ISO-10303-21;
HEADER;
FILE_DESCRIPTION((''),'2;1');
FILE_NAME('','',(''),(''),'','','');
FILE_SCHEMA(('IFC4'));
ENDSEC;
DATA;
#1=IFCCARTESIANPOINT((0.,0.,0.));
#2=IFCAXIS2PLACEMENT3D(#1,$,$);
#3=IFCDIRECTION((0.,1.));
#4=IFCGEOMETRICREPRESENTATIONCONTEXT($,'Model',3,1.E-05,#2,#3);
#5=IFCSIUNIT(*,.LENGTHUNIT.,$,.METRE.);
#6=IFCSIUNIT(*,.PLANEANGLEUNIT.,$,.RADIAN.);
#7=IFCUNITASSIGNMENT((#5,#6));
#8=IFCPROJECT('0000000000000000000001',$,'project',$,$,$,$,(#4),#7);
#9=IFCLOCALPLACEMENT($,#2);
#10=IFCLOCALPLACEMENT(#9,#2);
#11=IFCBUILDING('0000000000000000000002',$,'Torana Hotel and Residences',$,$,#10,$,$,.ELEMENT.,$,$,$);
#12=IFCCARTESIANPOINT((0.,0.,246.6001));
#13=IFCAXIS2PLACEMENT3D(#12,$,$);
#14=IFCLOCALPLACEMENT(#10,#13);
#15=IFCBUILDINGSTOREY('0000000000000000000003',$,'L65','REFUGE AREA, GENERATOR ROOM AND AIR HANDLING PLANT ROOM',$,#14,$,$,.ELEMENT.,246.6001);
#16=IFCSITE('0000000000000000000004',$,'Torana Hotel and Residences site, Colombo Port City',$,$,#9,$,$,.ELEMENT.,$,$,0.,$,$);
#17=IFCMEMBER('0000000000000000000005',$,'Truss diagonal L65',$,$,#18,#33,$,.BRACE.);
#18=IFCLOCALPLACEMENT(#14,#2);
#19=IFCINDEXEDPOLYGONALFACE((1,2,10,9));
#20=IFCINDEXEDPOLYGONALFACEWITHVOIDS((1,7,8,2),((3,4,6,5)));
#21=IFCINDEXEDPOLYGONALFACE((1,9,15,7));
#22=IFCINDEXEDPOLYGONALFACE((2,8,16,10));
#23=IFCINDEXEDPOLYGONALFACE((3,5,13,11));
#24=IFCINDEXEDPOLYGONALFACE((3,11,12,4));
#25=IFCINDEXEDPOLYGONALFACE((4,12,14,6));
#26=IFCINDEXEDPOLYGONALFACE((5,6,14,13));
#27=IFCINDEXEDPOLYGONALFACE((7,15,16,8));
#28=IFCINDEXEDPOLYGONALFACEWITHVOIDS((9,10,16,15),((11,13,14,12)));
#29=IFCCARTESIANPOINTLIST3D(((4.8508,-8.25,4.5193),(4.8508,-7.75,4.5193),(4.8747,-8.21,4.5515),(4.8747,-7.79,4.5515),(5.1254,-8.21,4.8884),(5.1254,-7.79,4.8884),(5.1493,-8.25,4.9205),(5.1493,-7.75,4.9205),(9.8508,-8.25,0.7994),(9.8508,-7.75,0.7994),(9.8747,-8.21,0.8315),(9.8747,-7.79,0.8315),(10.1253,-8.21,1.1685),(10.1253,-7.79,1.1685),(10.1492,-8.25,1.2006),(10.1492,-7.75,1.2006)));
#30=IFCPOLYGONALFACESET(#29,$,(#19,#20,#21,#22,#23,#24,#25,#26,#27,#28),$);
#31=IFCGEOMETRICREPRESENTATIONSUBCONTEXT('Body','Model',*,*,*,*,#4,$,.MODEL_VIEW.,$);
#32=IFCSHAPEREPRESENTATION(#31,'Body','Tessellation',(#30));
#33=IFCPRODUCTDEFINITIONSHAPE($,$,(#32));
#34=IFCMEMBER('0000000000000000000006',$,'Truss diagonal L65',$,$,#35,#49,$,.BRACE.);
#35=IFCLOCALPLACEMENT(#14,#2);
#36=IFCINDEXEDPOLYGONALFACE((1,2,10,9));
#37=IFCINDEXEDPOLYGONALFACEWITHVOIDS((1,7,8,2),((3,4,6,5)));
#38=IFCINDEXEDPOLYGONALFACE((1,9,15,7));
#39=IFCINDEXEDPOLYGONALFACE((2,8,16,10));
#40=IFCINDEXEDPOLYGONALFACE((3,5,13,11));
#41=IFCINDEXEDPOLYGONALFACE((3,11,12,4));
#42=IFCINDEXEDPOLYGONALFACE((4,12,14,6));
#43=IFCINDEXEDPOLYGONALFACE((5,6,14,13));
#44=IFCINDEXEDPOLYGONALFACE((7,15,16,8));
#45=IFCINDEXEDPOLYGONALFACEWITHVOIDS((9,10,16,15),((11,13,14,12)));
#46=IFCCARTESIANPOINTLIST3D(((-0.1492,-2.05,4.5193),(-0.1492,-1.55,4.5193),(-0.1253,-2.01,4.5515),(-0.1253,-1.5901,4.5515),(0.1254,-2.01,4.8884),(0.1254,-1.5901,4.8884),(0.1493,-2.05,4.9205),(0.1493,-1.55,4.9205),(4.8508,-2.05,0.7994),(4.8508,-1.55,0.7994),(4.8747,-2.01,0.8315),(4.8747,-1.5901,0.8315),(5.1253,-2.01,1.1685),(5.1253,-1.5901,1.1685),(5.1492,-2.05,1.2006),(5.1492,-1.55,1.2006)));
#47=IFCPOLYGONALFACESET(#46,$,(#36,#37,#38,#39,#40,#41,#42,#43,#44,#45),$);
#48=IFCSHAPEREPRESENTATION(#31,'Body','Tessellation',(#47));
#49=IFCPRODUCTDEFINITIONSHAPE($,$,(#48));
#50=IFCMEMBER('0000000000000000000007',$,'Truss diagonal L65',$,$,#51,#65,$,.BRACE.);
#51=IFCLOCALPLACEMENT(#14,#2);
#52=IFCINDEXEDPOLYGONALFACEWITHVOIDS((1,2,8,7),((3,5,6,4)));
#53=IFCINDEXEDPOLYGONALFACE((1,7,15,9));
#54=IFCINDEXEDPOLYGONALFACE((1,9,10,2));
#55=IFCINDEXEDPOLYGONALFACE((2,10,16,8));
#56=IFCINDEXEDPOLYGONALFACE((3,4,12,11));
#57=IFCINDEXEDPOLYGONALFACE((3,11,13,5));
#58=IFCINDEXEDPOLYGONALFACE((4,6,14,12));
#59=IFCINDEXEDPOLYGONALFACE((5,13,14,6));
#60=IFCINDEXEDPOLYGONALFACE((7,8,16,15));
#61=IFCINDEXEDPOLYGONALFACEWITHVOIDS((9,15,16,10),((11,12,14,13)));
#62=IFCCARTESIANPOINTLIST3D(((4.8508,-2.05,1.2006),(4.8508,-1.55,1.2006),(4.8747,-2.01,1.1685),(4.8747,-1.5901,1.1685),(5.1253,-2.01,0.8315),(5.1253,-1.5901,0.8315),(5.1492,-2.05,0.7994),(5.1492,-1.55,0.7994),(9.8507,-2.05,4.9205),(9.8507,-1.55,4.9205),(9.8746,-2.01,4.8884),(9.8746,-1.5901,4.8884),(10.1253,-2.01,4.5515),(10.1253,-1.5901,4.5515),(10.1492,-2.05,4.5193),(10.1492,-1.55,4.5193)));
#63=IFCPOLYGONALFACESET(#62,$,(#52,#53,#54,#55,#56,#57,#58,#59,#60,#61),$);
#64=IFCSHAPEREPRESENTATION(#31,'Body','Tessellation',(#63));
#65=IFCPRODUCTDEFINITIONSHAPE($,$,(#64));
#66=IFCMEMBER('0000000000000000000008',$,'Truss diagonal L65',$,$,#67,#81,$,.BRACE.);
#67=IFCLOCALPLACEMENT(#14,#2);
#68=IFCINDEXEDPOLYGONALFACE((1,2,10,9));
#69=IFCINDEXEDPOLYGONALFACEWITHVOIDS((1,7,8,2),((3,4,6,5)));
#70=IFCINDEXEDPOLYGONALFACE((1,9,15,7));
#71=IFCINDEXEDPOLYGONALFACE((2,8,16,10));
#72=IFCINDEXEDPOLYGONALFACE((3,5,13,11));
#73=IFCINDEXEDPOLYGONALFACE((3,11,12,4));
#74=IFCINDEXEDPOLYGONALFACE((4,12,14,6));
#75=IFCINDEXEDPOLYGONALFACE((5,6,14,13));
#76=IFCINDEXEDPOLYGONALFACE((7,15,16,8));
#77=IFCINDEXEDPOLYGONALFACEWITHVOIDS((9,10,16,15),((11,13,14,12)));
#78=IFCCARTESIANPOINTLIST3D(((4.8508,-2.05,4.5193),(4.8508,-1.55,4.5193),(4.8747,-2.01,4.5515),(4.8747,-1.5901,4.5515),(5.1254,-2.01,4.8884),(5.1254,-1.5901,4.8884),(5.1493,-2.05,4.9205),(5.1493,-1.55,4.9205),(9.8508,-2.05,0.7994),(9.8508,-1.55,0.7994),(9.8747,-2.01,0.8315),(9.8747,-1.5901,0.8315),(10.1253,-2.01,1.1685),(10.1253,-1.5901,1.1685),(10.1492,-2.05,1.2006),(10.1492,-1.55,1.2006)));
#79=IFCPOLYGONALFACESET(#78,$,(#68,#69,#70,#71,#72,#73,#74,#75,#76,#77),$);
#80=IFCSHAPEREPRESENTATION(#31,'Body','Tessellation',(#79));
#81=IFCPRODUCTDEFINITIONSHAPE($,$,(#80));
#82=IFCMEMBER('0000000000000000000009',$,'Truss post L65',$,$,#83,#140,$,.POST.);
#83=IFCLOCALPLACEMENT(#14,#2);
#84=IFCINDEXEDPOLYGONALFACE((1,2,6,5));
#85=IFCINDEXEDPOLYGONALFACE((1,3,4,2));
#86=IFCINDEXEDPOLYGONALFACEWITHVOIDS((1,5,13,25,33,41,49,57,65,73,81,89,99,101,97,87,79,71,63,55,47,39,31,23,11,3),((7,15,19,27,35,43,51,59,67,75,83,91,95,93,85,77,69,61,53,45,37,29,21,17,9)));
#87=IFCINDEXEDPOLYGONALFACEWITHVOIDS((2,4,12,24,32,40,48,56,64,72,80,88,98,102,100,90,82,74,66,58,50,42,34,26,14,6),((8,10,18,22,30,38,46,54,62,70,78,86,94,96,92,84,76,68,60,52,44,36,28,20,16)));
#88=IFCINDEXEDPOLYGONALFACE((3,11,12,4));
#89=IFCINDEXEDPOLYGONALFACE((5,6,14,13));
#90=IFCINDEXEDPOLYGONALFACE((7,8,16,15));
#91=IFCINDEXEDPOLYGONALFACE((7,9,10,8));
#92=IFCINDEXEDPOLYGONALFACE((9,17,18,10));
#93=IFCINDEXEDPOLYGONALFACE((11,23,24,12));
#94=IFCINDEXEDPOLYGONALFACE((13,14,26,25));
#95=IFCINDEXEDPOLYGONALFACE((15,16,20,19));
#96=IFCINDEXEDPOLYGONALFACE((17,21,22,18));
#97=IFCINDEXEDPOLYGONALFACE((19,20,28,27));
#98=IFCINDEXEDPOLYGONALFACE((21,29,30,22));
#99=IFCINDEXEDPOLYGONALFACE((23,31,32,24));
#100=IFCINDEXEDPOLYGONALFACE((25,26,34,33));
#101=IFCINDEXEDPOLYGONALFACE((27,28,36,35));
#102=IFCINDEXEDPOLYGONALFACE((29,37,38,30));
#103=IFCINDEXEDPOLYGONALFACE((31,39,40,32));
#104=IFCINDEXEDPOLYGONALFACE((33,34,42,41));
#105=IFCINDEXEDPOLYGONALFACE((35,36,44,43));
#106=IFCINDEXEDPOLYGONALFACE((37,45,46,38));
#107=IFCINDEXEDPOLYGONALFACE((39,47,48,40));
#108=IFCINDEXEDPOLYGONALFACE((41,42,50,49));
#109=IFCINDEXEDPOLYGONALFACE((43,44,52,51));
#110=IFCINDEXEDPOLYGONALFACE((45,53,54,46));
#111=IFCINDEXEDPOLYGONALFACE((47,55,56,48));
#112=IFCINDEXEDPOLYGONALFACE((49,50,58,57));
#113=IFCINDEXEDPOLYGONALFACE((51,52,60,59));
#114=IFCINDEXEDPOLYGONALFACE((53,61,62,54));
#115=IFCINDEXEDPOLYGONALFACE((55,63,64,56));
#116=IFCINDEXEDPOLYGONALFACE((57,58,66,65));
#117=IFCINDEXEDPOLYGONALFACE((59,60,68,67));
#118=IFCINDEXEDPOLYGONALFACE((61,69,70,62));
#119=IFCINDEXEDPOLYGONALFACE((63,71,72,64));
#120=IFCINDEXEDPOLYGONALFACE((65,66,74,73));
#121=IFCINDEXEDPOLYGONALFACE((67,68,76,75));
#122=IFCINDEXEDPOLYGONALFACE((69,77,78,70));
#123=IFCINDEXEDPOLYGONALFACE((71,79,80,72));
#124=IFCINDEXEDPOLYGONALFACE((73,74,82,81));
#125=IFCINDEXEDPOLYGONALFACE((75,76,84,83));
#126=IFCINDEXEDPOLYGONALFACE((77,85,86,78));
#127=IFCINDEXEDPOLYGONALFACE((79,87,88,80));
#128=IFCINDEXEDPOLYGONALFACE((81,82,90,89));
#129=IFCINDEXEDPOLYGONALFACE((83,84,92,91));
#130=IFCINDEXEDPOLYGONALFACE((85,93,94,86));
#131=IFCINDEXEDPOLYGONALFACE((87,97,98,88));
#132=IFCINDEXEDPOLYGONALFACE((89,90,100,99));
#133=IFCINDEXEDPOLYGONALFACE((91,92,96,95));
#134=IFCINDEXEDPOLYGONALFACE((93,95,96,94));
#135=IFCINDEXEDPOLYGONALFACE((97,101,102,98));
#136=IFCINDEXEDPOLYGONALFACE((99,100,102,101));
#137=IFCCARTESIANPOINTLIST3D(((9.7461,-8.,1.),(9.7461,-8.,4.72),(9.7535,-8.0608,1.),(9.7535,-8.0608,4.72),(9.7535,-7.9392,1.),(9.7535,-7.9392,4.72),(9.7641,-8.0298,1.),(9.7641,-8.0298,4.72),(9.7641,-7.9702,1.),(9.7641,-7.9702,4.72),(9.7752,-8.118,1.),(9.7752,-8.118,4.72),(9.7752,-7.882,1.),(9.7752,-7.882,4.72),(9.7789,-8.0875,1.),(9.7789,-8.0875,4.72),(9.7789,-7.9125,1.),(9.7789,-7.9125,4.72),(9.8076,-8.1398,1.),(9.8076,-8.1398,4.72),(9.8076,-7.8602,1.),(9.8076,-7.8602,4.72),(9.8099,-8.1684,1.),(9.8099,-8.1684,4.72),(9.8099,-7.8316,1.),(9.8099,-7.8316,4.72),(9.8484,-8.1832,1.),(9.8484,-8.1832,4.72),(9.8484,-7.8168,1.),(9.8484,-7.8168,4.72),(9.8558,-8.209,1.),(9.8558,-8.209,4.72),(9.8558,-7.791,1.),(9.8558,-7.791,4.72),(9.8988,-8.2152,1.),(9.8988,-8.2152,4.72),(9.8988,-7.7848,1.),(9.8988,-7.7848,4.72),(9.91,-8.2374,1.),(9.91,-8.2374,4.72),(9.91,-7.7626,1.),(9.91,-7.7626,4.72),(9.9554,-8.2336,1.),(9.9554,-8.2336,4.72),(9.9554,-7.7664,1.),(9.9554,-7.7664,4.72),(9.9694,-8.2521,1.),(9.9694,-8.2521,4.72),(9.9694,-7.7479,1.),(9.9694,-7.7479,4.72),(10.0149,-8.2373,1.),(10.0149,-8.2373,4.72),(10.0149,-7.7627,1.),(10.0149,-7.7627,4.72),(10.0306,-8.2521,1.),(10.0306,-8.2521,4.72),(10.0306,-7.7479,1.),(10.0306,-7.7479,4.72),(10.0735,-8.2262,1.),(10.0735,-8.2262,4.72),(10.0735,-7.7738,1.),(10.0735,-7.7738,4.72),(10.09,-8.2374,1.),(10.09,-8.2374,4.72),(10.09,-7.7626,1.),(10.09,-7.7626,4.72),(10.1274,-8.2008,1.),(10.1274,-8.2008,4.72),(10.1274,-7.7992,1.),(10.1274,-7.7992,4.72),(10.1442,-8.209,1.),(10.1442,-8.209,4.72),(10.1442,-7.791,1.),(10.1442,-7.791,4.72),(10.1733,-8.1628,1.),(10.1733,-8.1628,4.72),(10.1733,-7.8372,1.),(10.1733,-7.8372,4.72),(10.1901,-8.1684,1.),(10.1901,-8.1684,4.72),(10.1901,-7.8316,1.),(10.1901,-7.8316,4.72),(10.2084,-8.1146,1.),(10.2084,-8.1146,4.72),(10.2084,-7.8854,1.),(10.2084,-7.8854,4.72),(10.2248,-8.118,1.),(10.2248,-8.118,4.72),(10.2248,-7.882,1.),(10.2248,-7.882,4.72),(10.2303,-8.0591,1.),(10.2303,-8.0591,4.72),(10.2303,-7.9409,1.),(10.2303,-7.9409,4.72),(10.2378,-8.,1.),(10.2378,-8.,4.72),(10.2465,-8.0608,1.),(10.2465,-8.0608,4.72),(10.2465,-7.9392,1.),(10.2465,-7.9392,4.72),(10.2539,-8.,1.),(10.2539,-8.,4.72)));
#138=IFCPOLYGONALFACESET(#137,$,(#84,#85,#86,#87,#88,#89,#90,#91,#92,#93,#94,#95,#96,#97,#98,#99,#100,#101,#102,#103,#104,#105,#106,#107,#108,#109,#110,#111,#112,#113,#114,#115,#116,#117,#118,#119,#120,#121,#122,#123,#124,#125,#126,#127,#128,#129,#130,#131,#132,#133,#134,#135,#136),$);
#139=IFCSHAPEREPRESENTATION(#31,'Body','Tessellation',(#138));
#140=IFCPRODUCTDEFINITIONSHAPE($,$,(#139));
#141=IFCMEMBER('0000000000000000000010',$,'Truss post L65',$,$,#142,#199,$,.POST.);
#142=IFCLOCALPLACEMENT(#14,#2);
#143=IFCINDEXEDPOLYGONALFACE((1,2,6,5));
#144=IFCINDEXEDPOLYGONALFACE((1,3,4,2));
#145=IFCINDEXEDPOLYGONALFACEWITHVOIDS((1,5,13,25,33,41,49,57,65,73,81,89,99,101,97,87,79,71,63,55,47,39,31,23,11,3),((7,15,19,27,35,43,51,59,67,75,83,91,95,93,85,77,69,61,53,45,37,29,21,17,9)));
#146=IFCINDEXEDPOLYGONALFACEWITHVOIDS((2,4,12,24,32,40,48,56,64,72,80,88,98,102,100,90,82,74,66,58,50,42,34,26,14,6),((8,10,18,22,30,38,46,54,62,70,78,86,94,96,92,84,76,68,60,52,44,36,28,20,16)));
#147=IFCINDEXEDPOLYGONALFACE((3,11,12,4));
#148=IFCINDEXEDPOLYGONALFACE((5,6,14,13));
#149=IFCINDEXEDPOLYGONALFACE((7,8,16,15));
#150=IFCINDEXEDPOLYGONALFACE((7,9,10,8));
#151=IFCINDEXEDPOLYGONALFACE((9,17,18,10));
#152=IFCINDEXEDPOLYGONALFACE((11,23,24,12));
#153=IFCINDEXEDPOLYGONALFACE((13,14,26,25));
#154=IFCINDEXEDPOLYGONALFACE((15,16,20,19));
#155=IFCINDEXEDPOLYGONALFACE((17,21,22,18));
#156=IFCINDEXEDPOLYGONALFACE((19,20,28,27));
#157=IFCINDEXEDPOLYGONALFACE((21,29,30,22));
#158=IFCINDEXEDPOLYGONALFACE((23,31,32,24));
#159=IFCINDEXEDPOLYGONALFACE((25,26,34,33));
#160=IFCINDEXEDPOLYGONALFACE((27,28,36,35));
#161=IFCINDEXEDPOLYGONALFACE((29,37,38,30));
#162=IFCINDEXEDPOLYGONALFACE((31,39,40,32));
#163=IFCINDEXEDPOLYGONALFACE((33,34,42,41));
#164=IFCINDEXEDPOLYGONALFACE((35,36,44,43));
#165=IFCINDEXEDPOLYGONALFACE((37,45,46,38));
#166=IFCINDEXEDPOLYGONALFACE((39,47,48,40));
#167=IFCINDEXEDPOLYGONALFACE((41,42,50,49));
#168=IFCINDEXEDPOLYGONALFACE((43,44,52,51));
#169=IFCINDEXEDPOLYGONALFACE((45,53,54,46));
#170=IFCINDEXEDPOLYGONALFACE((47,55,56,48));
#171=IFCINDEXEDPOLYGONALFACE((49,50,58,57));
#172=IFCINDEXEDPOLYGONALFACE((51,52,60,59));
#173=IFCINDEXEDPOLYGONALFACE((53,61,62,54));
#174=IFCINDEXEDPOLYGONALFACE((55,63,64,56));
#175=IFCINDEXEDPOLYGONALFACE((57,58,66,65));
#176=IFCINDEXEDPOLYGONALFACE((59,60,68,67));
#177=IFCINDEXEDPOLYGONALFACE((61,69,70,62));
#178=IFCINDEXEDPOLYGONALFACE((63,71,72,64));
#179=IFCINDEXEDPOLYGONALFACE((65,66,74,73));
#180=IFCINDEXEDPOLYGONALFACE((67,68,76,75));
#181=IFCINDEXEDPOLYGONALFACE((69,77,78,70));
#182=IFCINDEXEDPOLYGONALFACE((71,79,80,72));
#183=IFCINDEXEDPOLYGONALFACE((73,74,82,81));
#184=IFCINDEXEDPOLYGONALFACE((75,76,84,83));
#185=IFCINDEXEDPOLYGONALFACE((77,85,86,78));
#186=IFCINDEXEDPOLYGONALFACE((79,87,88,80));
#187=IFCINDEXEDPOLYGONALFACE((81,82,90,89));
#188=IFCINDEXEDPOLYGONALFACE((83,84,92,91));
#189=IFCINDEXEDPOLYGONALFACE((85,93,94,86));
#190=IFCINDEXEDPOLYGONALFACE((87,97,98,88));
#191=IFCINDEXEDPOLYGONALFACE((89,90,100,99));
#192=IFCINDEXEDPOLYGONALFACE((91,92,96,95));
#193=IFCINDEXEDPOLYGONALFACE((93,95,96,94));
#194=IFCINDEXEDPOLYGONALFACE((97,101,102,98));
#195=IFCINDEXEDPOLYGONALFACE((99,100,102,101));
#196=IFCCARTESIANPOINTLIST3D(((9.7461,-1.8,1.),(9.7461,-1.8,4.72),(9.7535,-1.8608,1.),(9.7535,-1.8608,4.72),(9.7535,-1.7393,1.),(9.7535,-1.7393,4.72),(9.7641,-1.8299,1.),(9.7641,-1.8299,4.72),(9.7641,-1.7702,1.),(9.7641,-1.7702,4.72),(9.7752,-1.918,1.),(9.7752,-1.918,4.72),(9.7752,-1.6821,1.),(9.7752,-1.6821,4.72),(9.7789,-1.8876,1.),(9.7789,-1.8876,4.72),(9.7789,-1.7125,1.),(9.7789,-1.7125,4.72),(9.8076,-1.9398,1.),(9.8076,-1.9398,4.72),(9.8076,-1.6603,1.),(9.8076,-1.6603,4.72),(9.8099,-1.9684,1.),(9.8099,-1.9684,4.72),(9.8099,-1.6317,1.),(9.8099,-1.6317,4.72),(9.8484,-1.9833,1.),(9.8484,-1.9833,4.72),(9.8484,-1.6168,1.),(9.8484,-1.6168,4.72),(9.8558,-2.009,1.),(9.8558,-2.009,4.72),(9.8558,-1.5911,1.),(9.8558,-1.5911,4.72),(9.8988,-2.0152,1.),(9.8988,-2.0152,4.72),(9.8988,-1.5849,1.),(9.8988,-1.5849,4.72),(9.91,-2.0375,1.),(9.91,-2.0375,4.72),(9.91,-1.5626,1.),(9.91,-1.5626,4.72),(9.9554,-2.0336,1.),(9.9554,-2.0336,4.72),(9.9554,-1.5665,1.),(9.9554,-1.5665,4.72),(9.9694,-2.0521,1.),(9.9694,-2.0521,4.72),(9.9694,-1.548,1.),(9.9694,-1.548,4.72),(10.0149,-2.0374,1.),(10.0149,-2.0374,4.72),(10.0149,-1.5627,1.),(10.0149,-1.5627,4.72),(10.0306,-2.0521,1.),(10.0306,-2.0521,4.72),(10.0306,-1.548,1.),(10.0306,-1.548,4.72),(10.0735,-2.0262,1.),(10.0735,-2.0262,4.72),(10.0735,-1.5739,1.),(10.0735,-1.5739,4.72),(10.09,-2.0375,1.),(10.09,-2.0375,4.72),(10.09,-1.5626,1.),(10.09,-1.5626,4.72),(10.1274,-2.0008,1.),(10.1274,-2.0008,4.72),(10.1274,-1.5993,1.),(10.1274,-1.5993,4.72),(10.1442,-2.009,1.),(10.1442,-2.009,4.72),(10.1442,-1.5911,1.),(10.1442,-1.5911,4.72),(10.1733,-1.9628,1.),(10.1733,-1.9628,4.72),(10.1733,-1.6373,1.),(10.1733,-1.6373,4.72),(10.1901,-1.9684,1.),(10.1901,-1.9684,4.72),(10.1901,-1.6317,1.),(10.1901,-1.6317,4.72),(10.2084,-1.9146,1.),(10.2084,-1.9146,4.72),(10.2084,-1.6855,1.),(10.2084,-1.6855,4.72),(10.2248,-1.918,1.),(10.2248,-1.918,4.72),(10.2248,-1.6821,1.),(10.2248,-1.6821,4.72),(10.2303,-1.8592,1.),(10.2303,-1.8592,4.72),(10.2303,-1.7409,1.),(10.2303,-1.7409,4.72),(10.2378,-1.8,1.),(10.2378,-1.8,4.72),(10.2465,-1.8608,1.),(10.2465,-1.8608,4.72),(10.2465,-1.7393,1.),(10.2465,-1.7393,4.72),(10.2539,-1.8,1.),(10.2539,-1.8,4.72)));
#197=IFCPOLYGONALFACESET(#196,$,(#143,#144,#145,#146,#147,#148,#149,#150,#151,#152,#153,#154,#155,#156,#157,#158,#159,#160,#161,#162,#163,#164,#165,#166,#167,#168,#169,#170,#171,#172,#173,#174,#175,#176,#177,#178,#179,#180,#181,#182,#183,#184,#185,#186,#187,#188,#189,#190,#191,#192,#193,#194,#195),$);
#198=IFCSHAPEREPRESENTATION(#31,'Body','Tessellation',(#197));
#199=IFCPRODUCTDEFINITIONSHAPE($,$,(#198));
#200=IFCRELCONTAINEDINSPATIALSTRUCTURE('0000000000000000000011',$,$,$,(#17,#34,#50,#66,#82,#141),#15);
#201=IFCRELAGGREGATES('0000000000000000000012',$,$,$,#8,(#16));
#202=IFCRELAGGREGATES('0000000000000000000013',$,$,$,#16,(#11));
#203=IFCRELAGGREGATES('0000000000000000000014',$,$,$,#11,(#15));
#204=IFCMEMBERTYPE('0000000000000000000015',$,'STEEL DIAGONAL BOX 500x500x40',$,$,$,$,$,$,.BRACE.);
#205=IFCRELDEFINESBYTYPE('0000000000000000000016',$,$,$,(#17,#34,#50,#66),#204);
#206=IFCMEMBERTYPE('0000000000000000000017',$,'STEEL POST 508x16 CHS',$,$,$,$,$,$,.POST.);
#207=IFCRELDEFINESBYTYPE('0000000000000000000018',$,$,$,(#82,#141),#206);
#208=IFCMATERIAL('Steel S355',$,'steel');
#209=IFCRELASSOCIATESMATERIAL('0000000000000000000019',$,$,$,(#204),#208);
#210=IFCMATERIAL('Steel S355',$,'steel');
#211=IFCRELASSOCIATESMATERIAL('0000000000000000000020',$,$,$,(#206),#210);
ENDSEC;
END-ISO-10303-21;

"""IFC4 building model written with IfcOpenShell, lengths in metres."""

from ifc_helpers import new_model, si_unit, direction, frame, origin, origin_2d, place, context, subcontext, project, spatial, hollow_rectangle, hollow_circle, extrude, material, material_profile, profile_set, type_object, element, save


model = new_model("IFC4")

# Units and contexts
model_context = context("Model", 3, precision=1e-05, world=origin(), true_north=direction((0.0, 1.0)))
body_context = subcontext(model_context, "Body", "Model", "MODEL_VIEW")
ifc_project = project(units=[si_unit("LENGTHUNIT", "METRE"), si_unit("PLANEANGLEUNIT", "RADIAN")], contexts=[model_context])

# Site, building, storey
site_placement = place(None, origin())
site = spatial("IfcSite", under=ifc_project, at=site_placement, Name="Torana Hotel and Residences site, Colombo Port City", CompositionType="ELEMENT", RefElevation=0.0)
building_placement = place(site_placement, origin())
building = spatial("IfcBuilding", under=site, at=building_placement, Name="Torana Hotel and Residences", CompositionType="ELEMENT")
storey_placement = place(building_placement, frame((0.0, 0.0, 246.6001)))
storey = spatial("IfcBuildingStorey", under=building, at=storey_placement, Name="L65", Description="REFUGE AREA, GENERATOR ROOM AND AIR HANDLING PLANT ROOM", CompositionType="ELEMENT", Elevation=246.6001)

# Members
ifc_material_1 = material(Name="Steel S355", Category="steel")
ifc_material_profile_1 = material_profile(ifc_material_1, hollow_rectangle(XDim=0.5, YDim=0.5, WallThickness=0.04, at=origin_2d()), Name="BOX 500x500x40")
ifc_profile_set_1 = profile_set([ifc_material_profile_1], Name="Steel S355")
member_type_1 = type_object("IfcMemberType", Name="STEEL DIAGONAL BOX 500x500x40", PredefinedType="BRACE", material=ifc_profile_set_1)
for number, where, z_axis, x_axis, name in (
    (1, (10.0, -8.0, 1.0), (-0.802307, 0.0, 0.596912), (0.0, -1.0, 0.0), "Truss diagonal L65"),
    (2, (5.0, -1.8, 1.0), (-0.802307, 0.0, 0.596912), (0.0, -1.0, 0.0), "Truss diagonal L65"),
    (3, (5.0, -1.8, 1.0), (0.802307, 0.0, 0.596912), (0.0, 1.0, 0.0), "Truss diagonal L65"),
    (4, (10.0, -1.8, 1.0), (-0.802307, 0.0, 0.596912), (0.0, -1.0, 0.0), "Truss diagonal L65"),
):
    element("IfcMember", number, at=place(storey_placement, frame(where, z_axis=z_axis, x_axis=x_axis)), inside=storey, type_object=member_type_1, Name=name, PredefinedType="BRACE", context=body_context, shape_type="SweptSolid", body=[
        extrude(hollow_rectangle(XDim=0.5, YDim=0.5, WallThickness=0.04, at=origin_2d()), origin(), (0.0, 0.0, 1.0), 6.2319),
    ])
ifc_material_2 = material(Name="Steel S355", Category="steel")
ifc_material_profile_2 = material_profile(ifc_material_2, hollow_circle(Radius=0.2539, WallThickness=0.0161, at=origin_2d()), Name="508x16 CHS")
ifc_profile_set_2 = profile_set([ifc_material_profile_2], Name="Steel S355")
member_type_2 = type_object("IfcMemberType", Name="STEEL POST 508x16 CHS", PredefinedType="POST", material=ifc_profile_set_2)
for number, where, z_axis, x_axis, name in (
    (5, (10.0, -8.0, 1.0), (0.0, 0.0, 1.0), (1.0, 0.0, 0.0), "Truss post L65"),
    (6, (10.0, -1.8, 1.0), (0.0, 0.0, 1.0), (1.0, 0.0, 0.0), "Truss post L65"),
):
    element("IfcMember", number, at=place(storey_placement, frame(where, z_axis=z_axis, x_axis=x_axis)), inside=storey, type_object=member_type_2, Name=name, PredefinedType="POST", context=body_context, shape_type="SweptSolid", body=[
        extrude(hollow_circle(Radius=0.2539, WallThickness=0.0161, at=origin_2d()), origin(), (0.0, 0.0, 1.0), 3.72),
    ])

save(model, "model.ifc")
